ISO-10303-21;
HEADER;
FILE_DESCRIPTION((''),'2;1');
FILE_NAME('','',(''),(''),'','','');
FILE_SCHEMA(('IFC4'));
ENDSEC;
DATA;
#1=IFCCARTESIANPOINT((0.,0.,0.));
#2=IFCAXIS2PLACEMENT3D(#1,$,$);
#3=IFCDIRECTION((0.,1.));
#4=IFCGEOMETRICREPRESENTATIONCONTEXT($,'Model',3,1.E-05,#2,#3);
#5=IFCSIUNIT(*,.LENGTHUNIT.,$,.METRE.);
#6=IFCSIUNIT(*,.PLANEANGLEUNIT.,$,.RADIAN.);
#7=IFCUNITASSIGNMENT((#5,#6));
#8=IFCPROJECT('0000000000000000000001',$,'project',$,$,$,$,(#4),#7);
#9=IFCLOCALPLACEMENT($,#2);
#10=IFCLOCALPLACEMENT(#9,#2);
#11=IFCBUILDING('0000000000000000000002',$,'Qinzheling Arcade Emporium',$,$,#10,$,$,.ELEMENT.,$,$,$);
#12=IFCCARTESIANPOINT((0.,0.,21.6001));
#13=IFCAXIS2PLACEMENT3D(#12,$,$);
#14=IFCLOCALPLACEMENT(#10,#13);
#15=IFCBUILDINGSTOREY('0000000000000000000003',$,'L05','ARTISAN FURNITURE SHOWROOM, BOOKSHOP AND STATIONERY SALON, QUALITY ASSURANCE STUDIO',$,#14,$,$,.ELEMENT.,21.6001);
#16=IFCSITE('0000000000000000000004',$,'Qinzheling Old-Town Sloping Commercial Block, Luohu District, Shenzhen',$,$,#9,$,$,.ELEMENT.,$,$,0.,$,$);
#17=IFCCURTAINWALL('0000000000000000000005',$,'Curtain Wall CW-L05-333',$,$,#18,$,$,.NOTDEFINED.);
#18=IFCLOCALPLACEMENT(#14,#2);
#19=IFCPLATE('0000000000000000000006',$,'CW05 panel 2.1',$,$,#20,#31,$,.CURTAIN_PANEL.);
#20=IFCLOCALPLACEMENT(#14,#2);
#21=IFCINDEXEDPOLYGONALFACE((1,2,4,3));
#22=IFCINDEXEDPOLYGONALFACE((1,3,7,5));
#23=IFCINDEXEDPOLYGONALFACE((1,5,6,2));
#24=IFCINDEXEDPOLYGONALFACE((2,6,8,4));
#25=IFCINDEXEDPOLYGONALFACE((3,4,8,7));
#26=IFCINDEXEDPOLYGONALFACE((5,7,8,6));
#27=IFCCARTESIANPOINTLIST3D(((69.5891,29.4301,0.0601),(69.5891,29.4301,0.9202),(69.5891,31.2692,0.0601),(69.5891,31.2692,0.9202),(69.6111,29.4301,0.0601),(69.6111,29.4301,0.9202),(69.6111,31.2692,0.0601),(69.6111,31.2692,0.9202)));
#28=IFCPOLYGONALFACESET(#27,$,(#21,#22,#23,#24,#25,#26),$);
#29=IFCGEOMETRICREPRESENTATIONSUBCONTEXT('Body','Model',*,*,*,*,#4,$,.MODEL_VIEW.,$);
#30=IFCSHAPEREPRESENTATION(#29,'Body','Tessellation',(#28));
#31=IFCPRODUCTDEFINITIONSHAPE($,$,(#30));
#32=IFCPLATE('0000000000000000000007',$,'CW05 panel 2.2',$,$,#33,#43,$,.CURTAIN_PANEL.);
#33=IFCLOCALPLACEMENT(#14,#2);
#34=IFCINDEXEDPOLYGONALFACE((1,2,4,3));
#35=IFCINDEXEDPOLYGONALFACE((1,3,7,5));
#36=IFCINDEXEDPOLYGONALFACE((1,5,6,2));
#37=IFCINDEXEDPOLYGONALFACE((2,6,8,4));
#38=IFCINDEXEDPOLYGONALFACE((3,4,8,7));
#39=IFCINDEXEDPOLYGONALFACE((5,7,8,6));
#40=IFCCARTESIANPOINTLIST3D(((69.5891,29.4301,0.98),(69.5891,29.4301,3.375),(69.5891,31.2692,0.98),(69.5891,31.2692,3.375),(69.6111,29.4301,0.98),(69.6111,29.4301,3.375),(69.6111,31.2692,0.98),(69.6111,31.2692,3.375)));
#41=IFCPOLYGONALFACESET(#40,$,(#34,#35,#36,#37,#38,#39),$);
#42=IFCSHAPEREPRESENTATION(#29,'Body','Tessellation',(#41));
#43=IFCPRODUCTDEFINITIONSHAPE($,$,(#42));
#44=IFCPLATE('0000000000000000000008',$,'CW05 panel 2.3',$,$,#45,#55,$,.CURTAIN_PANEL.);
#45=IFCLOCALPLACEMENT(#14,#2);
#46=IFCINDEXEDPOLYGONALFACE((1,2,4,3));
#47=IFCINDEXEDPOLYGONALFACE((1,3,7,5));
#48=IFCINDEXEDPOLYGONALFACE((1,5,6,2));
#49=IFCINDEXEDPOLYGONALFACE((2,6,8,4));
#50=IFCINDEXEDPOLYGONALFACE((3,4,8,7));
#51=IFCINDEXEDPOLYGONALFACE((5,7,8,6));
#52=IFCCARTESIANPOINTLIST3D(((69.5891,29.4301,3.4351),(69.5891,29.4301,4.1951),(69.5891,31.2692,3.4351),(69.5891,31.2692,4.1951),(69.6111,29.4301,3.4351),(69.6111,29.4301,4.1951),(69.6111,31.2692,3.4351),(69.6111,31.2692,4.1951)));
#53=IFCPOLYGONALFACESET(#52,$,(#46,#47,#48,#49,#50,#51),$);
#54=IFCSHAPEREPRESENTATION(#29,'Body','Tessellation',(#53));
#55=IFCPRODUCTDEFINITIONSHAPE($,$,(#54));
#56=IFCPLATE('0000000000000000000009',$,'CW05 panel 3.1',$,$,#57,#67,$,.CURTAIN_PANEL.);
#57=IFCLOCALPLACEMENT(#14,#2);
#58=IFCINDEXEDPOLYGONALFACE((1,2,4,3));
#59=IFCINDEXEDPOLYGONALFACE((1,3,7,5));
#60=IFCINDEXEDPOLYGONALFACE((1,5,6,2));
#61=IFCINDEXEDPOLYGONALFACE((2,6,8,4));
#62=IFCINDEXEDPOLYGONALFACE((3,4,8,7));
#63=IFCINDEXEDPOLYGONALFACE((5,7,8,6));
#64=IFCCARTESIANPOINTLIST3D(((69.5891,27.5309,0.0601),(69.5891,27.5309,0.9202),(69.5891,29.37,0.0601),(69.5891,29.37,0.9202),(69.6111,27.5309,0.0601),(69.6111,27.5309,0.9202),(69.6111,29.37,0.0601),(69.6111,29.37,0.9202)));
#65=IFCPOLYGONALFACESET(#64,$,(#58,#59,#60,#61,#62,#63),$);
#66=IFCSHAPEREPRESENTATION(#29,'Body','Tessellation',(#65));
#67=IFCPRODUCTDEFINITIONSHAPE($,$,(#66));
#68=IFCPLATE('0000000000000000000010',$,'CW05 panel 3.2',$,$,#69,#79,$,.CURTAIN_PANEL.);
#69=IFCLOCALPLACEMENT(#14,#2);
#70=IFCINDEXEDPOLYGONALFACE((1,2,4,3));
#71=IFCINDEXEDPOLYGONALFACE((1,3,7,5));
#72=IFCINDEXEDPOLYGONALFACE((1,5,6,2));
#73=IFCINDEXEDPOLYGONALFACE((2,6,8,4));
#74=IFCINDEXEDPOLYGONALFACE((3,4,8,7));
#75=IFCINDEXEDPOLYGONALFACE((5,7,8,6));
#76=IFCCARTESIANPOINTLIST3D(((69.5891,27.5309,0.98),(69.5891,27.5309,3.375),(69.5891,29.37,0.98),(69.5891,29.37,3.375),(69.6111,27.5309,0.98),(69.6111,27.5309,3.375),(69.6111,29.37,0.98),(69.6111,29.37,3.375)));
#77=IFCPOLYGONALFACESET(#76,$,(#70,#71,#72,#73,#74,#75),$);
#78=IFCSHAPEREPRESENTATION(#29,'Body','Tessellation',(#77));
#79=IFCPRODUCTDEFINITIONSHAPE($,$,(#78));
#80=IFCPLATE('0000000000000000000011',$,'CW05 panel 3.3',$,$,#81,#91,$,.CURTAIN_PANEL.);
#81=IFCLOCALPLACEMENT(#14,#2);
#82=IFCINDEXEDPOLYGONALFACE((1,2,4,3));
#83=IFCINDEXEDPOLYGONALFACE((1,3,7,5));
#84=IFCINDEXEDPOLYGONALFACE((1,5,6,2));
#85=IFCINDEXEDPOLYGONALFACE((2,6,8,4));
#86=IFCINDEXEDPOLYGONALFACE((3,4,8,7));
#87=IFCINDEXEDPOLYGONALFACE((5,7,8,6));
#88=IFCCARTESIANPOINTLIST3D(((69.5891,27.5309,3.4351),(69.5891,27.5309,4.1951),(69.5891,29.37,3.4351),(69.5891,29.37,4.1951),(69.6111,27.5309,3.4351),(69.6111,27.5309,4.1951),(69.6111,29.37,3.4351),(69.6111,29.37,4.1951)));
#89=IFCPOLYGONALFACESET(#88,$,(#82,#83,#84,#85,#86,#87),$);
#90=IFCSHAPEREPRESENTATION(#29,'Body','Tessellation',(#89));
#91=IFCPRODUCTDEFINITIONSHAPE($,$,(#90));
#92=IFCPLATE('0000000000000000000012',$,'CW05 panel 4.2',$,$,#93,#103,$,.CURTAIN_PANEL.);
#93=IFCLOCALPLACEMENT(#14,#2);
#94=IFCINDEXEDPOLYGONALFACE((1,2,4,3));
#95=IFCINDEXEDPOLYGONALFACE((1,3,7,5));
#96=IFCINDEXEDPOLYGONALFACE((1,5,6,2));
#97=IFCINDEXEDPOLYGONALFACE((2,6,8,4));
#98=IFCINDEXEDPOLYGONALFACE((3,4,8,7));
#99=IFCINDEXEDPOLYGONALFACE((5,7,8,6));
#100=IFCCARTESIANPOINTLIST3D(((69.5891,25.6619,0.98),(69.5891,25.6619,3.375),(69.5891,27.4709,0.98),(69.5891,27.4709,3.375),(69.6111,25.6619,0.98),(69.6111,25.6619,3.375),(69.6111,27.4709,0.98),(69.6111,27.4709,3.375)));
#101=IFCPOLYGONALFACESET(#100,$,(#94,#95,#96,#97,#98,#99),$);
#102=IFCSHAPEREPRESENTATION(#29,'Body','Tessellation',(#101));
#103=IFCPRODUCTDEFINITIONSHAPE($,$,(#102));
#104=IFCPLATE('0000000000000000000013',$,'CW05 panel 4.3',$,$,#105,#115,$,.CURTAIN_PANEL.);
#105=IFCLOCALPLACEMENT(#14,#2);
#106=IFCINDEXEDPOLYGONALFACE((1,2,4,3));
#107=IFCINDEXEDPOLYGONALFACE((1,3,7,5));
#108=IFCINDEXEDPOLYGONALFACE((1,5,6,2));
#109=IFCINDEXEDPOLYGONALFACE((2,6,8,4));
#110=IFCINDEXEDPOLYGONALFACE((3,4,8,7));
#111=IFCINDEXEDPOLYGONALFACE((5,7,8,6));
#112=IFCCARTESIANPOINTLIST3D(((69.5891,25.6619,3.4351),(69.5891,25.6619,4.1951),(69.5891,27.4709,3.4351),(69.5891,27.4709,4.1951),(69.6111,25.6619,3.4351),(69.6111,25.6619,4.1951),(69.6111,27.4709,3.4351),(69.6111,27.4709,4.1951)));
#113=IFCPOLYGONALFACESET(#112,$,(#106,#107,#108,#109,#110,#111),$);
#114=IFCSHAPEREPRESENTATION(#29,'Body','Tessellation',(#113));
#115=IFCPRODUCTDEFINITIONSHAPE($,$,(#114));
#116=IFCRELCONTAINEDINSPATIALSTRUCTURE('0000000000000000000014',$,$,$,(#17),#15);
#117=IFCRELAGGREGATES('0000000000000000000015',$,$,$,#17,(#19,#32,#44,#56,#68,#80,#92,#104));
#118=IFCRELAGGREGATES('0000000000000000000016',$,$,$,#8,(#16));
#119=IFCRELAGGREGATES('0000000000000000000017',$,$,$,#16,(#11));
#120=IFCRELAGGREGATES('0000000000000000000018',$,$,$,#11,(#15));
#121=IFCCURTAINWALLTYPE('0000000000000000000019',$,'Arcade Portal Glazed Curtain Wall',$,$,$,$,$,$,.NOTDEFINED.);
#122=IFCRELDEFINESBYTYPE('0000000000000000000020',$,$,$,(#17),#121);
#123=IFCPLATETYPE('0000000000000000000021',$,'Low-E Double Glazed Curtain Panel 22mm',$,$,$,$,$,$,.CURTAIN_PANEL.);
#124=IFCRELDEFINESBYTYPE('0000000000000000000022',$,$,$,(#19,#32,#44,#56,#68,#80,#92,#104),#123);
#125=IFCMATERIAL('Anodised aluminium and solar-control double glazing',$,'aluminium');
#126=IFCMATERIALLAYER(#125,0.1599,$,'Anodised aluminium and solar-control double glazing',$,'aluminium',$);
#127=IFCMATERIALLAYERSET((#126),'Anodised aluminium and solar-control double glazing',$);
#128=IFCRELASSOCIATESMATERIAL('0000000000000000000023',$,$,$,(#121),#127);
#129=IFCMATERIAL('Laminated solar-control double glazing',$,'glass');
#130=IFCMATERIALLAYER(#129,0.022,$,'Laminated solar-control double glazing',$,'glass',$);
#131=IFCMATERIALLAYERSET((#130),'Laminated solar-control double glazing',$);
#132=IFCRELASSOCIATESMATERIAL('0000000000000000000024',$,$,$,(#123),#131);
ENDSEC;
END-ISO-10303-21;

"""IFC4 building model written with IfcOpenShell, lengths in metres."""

from ifc_helpers import new_model, si_unit, direction, frame, origin, origin_2d, place, context, subcontext, project, spatial, rectangle, extrude, material, layer, layer_set, type_object, element, aggregate, save


model = new_model("IFC4")

# Units and contexts
model_context = context("Model", 3, precision=1e-05, world=origin(), true_north=direction((0.0, 1.0)))
body_context = subcontext(model_context, "Body", "Model", "MODEL_VIEW")
ifc_project = project(units=[si_unit("LENGTHUNIT", "METRE"), si_unit("PLANEANGLEUNIT", "RADIAN")], contexts=[model_context])

# Site, building, storey
site_placement = place(None, origin())
site = spatial("IfcSite", under=ifc_project, at=site_placement, Name="Qinzheling Old-Town Sloping Commercial Block, Luohu District, Shenzhen", CompositionType="ELEMENT", RefElevation=0.0)
building_placement = place(site_placement, origin())
building = spatial("IfcBuilding", under=site, at=building_placement, Name="Qinzheling Arcade Emporium", CompositionType="ELEMENT")
storey_placement = place(building_placement, frame((0.0, 0.0, 21.6001)))
storey = spatial("IfcBuildingStorey", under=building, at=storey_placement, Name="L05", Description="ARTISAN FURNITURE SHOWROOM, BOOKSHOP AND STATIONERY SALON, QUALITY ASSURANCE STUDIO", CompositionType="ELEMENT", Elevation=21.6001)

# Curtain wall
ifc_material_1 = material(Name="Anodised aluminium and solar-control double glazing", Category="aluminium")
ifc_layer_1 = layer(ifc_material_1, 0.1599, Name="Anodised aluminium and solar-control double glazing", Category="aluminium")
ifc_layer_set_1 = layer_set([ifc_layer_1], Name="Anodised aluminium and solar-control double glazing")
curtain_wall_type = type_object("IfcCurtainWallType", Name="Arcade Portal Glazed Curtain Wall", PredefinedType="NOTDEFINED", material=ifc_layer_set_1)
curtain_wall_placement = place(storey_placement, origin())
curtain_wall = element("IfcCurtainWall", 1, at=curtain_wall_placement, inside=storey, type_object=curtain_wall_type, Name="Curtain Wall CW-L05-333", PredefinedType="NOTDEFINED")

# Plates
ifc_material_2 = material(Name="Laminated solar-control double glazing", Category="glass")
ifc_layer_2 = layer(ifc_material_2, 0.022, Name="Laminated solar-control double glazing", Category="glass")
ifc_layer_set_2 = layer_set([ifc_layer_2], Name="Laminated solar-control double glazing")
plate_type = type_object("IfcPlateType", Name="Low-E Double Glazed Curtain Panel 22mm", PredefinedType="CURTAIN_PANEL", material=ifc_layer_set_2)
plate_1_placement = place(storey_placement, frame((69.6001, 30.3496, 0.0601), z_axis=(0.0, 0.0, 1.0), x_axis=(0.0, -1.0, 0.0)))
plate_1 = element("IfcPlate", 2, at=plate_1_placement, type_object=plate_type, Name="CW05 panel 2.1", PredefinedType="CURTAIN_PANEL", context=body_context, shape_type="SweptSolid", body=[
    extrude(rectangle(XDim=1.8391, YDim=0.022, at=origin_2d()), origin(), (0.0, 0.0, 1.0), 0.8601),
])
plate_2_placement = place(storey_placement, frame((69.6001, 30.3496, 0.98), z_axis=(0.0, 0.0, 1.0), x_axis=(0.0, -1.0, 0.0)))
plate_2 = element("IfcPlate", 3, at=plate_2_placement, type_object=plate_type, Name="CW05 panel 2.2", PredefinedType="CURTAIN_PANEL", context=body_context, shape_type="SweptSolid", body=[
    extrude(rectangle(XDim=1.8391, YDim=0.022, at=origin_2d()), origin(), (0.0, 0.0, 1.0), 2.395),
])
plate_3_placement = place(storey_placement, frame((69.6001, 30.3496, 3.4351), z_axis=(0.0, 0.0, 1.0), x_axis=(0.0, -1.0, 0.0)))
plate_3 = element("IfcPlate", 4, at=plate_3_placement, type_object=plate_type, Name="CW05 panel 2.3", PredefinedType="CURTAIN_PANEL", context=body_context, shape_type="SweptSolid", body=[
    extrude(rectangle(XDim=1.8391, YDim=0.022, at=origin_2d()), origin(), (0.0, 0.0, 1.0), 0.76),
])
plate_4_placement = place(storey_placement, frame((69.6001, 28.4504, 0.0601), z_axis=(0.0, 0.0, 1.0), x_axis=(0.0, -1.0, 0.0)))
plate_4 = element("IfcPlate", 5, at=plate_4_placement, type_object=plate_type, Name="CW05 panel 3.1", PredefinedType="CURTAIN_PANEL", context=body_context, shape_type="SweptSolid", body=[
    extrude(rectangle(XDim=1.8391, YDim=0.022, at=origin_2d()), origin(), (0.0, 0.0, 1.0), 0.8601),
])
plate_5_placement = place(storey_placement, frame((69.6001, 28.4504, 0.98), z_axis=(0.0, 0.0, 1.0), x_axis=(0.0, -1.0, 0.0)))
plate_5 = element("IfcPlate", 6, at=plate_5_placement, type_object=plate_type, Name="CW05 panel 3.2", PredefinedType="CURTAIN_PANEL", context=body_context, shape_type="SweptSolid", body=[
    extrude(rectangle(XDim=1.8391, YDim=0.022, at=origin_2d()), origin(), (0.0, 0.0, 1.0), 2.395),
])
plate_6_placement = place(storey_placement, frame((69.6001, 28.4504, 3.4351), z_axis=(0.0, 0.0, 1.0), x_axis=(0.0, -1.0, 0.0)))
plate_6 = element("IfcPlate", 7, at=plate_6_placement, type_object=plate_type, Name="CW05 panel 3.3", PredefinedType="CURTAIN_PANEL", context=body_context, shape_type="SweptSolid", body=[
    extrude(rectangle(XDim=1.8391, YDim=0.022, at=origin_2d()), origin(), (0.0, 0.0, 1.0), 0.76),
])
plate_7_placement = place(storey_placement, frame((69.6001, 26.5664, 0.98), z_axis=(0.0, 0.0, 1.0), x_axis=(0.0, -1.0, 0.0)))
plate_7 = element("IfcPlate", 8, at=plate_7_placement, type_object=plate_type, Name="CW05 panel 4.2", PredefinedType="CURTAIN_PANEL", context=body_context, shape_type="SweptSolid", body=[
    extrude(rectangle(XDim=1.8091, YDim=0.022, at=origin_2d()), origin(), (0.0, 0.0, 1.0), 2.395),
])
plate_8_placement = place(storey_placement, frame((69.6001, 26.5664, 3.4351), z_axis=(0.0, 0.0, 1.0), x_axis=(0.0, -1.0, 0.0)))
plate_8 = element("IfcPlate", 9, at=plate_8_placement, type_object=plate_type, Name="CW05 panel 4.3", PredefinedType="CURTAIN_PANEL", context=body_context, shape_type="SweptSolid", body=[
    extrude(rectangle(XDim=1.8091, YDim=0.022, at=origin_2d()), origin(), (0.0, 0.0, 1.0), 0.76),
])
aggregate(curtain_wall, [plate_1, plate_2, plate_3, plate_4, plate_5, plate_6, plate_7, plate_8])

save(model, "model.ifc")
